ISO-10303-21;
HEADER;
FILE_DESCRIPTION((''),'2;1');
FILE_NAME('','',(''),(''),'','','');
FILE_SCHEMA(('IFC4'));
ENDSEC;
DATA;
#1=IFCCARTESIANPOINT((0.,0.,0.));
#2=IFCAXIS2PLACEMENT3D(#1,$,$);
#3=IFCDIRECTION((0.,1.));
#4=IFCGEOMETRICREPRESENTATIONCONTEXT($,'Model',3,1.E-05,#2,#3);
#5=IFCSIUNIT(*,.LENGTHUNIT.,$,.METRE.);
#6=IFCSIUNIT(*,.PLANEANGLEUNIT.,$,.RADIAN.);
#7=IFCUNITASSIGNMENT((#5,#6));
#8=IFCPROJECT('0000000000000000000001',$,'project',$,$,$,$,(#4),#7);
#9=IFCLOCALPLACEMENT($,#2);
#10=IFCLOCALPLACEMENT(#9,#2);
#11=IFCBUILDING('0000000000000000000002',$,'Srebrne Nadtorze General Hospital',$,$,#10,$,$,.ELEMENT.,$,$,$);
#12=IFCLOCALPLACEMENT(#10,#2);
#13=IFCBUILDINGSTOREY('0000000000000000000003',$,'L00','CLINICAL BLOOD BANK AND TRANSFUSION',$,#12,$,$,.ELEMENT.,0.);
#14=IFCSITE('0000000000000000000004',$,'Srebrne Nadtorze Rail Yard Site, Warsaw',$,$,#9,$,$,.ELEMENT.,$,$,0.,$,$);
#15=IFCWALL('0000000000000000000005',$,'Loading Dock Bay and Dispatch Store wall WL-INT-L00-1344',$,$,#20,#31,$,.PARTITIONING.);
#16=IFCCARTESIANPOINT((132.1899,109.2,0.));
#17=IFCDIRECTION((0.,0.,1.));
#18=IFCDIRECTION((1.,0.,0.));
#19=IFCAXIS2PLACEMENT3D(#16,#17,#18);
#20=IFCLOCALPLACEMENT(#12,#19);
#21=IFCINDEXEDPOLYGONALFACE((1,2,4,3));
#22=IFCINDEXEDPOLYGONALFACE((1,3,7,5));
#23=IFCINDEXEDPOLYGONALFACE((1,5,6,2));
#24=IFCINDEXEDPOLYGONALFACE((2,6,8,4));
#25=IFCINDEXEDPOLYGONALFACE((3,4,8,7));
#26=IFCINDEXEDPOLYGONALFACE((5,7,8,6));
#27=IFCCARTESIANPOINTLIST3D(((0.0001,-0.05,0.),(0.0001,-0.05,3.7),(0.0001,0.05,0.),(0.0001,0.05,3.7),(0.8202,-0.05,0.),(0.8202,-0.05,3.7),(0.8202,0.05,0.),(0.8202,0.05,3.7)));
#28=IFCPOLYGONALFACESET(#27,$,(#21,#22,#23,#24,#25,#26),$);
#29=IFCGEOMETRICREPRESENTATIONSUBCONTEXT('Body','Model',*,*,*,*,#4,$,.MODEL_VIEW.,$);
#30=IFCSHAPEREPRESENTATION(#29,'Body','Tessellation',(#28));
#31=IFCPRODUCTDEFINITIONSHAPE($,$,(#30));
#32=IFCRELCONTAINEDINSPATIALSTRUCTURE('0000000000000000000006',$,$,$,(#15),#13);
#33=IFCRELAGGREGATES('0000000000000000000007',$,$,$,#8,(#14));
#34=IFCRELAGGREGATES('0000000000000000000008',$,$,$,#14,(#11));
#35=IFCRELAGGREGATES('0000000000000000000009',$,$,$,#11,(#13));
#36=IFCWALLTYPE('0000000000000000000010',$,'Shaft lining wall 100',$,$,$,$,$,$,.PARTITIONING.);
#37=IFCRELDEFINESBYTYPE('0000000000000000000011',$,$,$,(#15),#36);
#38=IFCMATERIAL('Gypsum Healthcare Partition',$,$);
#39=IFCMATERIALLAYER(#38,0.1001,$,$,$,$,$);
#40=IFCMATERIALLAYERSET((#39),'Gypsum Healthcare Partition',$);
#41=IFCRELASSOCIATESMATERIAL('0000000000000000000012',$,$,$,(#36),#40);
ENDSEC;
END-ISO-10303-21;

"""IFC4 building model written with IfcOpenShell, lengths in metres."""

from ifc_helpers import new_model, si_unit, direction, frame, frame_2d, origin, place, context, subcontext, project, spatial, rectangle, extrude, material, layer, layer_set, type_object, element, save


model = new_model("IFC4")

# Units and contexts
model_context = context("Model", 3, precision=1e-05, world=origin(), true_north=direction((0.0, 1.0)))
body_context = subcontext(model_context, "Body", "Model", "MODEL_VIEW")
ifc_project = project(units=[si_unit("LENGTHUNIT", "METRE"), si_unit("PLANEANGLEUNIT", "RADIAN")], contexts=[model_context])

# Site, building, storey
site_placement = place(None, origin())
site = spatial("IfcSite", under=ifc_project, at=site_placement, Name="Srebrne Nadtorze Rail Yard Site, Warsaw", CompositionType="ELEMENT", RefElevation=0.0)
building_placement = place(site_placement, origin())
building = spatial("IfcBuilding", under=site, at=building_placement, Name="Srebrne Nadtorze General Hospital", CompositionType="ELEMENT")
storey_placement = place(building_placement, origin())
storey = spatial("IfcBuildingStorey", under=building, at=storey_placement, Name="L00", Description="CLINICAL BLOOD BANK AND TRANSFUSION", CompositionType="ELEMENT", Elevation=0.0)

# Wall
ifc_material_1 = material(Name="Gypsum Healthcare Partition")
ifc_layer_1 = layer(ifc_material_1, 0.1001)
ifc_layer_set_1 = layer_set([ifc_layer_1], Name="Gypsum Healthcare Partition")
wall_type_1 = type_object("IfcWallType", Name="Shaft lining wall 100", PredefinedType="PARTITIONING", material=ifc_layer_set_1)
for number, where, z_axis, x_axis, name in (
    (1, (132.1899, 109.2, 0.0), (0.0, 0.0, 1.0), (1.0, 0.0, 0.0), "Loading Dock Bay and Dispatch Store wall WL-INT-L00-1344"),
):
    element("IfcWall", number, at=place(storey_placement, frame(where, z_axis=z_axis, x_axis=x_axis)), inside=storey, type_object=wall_type_1, Name=name, PredefinedType="PARTITIONING", context=body_context, shape_type="SweptSolid", body=[
        extrude(rectangle(XDim=0.8201, YDim=0.1001, at=frame_2d((0.4102, 0.0))), origin(), (0.0, 0.0, 1.0), 3.7),
    ])

save(model, "model.ifc")
